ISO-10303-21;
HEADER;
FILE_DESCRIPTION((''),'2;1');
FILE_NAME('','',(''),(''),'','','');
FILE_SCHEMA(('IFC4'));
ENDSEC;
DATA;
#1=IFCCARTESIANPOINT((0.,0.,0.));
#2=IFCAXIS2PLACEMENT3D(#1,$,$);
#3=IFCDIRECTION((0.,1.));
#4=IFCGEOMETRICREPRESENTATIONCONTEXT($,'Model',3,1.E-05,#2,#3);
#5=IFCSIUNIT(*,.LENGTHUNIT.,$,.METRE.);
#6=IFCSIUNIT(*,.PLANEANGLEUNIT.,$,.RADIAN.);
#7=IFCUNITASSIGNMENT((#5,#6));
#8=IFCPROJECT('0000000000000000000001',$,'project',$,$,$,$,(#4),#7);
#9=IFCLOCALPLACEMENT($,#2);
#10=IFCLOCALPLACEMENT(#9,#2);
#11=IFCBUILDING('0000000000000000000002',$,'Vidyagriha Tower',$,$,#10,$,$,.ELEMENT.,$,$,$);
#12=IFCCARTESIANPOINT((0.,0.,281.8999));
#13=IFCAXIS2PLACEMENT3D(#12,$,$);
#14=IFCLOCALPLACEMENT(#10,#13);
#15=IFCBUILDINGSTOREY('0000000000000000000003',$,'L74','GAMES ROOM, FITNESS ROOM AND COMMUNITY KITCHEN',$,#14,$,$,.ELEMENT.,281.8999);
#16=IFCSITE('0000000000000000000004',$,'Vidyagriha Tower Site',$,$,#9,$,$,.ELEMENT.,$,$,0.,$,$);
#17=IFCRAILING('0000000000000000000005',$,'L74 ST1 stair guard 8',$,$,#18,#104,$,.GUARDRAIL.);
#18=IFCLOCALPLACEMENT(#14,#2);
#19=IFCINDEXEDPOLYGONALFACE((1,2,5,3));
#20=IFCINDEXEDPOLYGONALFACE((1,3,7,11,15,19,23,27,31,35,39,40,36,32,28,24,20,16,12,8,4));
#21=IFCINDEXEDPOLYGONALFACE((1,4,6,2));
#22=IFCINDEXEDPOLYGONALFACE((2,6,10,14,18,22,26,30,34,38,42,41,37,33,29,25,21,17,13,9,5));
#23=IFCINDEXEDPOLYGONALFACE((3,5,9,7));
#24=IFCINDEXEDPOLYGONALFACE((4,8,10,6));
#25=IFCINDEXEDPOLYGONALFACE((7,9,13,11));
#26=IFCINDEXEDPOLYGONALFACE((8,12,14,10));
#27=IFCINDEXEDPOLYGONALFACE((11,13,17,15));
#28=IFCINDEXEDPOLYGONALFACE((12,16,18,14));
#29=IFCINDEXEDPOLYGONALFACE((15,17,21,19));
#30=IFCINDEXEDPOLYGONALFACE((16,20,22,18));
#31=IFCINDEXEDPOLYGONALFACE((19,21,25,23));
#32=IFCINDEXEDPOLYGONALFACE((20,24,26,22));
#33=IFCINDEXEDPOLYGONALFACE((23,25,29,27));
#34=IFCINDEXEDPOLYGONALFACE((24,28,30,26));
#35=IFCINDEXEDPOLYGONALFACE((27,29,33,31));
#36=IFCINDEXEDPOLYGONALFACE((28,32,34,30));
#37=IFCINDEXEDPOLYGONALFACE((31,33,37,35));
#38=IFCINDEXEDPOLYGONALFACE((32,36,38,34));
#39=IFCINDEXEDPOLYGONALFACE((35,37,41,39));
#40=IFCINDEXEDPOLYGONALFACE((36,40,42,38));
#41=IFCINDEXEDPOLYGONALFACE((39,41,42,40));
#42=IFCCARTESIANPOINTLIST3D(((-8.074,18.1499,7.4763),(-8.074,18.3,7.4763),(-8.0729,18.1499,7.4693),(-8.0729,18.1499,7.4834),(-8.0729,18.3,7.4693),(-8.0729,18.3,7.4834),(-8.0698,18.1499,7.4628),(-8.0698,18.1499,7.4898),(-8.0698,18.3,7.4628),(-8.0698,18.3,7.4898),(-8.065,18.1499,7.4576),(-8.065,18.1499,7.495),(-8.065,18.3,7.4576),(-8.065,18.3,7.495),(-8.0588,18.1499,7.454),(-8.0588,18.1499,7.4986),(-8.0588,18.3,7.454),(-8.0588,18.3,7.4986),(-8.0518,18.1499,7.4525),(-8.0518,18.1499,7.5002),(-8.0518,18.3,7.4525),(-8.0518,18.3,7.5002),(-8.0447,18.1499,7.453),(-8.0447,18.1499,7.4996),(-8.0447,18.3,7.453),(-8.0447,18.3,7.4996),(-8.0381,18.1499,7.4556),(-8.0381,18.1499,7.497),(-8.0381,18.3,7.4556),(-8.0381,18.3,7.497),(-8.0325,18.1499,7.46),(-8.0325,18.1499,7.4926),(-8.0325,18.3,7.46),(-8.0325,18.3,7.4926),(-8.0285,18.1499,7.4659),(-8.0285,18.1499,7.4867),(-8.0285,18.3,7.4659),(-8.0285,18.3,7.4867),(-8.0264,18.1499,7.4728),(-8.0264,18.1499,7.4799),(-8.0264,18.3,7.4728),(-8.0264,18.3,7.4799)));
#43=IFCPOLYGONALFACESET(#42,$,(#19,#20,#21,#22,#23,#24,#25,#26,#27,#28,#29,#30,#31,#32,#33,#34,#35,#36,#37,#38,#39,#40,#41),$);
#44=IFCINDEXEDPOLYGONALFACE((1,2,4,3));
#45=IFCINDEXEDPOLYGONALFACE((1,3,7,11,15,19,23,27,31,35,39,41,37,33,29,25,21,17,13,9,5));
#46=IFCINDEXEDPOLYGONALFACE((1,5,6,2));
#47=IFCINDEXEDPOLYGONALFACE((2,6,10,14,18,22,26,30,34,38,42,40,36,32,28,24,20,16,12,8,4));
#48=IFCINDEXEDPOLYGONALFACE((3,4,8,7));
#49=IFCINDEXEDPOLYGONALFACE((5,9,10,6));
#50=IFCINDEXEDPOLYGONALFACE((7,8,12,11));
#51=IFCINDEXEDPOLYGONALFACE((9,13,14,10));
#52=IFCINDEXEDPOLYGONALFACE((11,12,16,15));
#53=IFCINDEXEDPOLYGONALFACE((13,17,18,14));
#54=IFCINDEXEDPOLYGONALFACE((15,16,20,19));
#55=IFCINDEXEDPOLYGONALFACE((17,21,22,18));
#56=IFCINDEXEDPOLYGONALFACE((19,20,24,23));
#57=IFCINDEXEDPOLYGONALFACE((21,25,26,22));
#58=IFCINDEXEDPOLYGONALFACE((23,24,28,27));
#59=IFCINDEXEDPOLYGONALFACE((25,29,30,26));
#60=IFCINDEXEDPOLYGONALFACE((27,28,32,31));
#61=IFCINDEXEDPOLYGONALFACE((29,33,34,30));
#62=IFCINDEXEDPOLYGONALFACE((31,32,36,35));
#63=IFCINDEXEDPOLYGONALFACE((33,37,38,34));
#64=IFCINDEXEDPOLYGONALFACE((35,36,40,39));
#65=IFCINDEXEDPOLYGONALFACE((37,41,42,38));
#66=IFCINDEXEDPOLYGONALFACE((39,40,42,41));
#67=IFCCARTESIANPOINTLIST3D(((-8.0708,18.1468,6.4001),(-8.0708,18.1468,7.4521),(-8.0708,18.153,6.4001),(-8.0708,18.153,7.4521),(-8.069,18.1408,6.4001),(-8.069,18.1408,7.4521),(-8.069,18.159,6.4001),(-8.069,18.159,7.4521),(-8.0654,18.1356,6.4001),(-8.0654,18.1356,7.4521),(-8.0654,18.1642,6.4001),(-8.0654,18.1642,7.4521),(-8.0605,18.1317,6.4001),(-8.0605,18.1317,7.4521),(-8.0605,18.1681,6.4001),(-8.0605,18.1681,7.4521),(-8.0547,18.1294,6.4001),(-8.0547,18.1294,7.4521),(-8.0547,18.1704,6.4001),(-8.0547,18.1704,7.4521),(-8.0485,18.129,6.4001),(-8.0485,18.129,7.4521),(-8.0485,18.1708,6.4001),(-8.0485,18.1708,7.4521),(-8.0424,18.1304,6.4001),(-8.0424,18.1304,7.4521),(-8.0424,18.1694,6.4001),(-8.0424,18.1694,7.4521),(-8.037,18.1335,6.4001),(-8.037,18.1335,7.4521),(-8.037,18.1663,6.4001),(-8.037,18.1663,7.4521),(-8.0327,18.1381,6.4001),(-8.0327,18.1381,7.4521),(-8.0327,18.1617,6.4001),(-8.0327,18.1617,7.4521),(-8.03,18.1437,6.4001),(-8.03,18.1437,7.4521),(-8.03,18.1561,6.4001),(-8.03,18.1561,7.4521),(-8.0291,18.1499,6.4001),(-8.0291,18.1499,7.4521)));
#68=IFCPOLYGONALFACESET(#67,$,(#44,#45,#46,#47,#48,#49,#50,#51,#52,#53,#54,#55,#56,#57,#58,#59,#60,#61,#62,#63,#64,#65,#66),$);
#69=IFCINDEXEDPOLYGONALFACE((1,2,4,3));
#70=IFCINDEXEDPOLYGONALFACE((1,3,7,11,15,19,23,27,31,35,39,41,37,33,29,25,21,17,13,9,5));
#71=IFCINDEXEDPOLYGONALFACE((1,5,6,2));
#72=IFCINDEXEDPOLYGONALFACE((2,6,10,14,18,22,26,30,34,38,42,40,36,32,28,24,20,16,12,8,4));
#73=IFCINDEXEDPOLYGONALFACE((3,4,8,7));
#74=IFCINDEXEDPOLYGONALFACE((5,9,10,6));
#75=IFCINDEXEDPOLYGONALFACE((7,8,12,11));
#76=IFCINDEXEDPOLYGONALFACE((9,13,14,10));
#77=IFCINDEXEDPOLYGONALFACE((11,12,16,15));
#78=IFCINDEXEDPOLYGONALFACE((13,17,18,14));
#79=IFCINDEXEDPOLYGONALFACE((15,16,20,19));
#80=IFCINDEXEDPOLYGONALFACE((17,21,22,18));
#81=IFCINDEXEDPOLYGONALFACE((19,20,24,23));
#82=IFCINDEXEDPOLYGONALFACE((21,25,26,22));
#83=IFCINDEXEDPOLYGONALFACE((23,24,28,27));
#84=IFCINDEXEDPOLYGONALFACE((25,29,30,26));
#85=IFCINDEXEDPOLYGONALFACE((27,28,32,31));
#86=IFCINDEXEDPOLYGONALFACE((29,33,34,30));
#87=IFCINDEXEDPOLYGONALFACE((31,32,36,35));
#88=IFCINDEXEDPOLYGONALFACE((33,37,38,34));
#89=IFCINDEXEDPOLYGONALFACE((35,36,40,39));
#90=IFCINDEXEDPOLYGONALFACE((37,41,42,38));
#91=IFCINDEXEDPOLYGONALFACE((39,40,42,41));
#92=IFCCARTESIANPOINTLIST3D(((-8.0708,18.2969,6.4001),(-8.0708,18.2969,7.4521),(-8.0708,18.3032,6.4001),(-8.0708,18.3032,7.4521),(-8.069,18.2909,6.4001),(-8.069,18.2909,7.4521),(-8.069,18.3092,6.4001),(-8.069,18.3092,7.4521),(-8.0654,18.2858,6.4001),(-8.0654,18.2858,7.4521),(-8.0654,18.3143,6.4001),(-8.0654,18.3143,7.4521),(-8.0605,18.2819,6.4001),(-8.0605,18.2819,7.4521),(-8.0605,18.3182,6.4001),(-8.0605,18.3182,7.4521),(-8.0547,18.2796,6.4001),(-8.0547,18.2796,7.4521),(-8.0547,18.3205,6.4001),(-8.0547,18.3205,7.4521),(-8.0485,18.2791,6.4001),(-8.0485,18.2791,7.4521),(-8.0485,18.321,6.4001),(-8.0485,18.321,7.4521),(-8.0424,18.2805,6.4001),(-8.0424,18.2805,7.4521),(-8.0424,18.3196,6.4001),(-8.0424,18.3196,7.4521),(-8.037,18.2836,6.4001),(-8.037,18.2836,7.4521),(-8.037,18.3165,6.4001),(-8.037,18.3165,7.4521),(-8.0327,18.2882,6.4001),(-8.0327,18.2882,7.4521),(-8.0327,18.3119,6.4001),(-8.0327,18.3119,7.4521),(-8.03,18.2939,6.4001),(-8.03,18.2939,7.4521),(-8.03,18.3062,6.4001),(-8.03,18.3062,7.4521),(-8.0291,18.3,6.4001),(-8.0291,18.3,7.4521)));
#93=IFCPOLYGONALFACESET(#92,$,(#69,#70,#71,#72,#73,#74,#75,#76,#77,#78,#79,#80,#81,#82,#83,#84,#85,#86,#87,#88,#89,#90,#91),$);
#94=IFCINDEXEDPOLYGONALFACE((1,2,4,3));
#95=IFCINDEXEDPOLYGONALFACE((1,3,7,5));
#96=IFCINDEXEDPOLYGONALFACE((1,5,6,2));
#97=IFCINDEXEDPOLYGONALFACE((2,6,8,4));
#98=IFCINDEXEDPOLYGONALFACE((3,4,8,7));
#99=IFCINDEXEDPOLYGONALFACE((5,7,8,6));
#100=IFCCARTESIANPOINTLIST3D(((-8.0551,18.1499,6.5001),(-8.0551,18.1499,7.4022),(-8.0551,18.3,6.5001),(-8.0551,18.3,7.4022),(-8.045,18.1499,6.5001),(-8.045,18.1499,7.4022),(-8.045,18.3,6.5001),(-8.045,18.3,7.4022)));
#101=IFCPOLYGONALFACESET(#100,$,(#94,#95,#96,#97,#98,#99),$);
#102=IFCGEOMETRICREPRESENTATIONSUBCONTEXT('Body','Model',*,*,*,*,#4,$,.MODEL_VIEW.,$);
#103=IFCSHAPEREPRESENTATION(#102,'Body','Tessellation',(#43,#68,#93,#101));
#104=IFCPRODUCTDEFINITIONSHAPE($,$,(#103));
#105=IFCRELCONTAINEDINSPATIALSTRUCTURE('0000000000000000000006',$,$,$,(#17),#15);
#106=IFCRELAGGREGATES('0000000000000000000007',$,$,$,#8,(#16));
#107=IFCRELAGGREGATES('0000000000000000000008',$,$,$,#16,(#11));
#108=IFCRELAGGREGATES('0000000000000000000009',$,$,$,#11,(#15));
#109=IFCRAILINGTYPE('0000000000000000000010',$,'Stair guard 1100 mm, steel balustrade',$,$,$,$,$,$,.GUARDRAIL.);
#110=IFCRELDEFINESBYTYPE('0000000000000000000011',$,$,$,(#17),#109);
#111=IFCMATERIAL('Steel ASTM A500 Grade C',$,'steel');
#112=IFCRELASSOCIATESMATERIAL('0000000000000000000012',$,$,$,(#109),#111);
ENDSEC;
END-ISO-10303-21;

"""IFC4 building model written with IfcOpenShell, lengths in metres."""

from ifc_helpers import new_model, si_unit, direction, frame, origin, origin_2d, place, context, subcontext, project, spatial, rectangle, circle, extrude, material, type_object, element, save


model = new_model("IFC4")

# Units and contexts
model_context = context("Model", 3, precision=1e-05, world=origin(), true_north=direction((0.0, 1.0)))
body_context = subcontext(model_context, "Body", "Model", "MODEL_VIEW")
ifc_project = project(units=[si_unit("LENGTHUNIT", "METRE"), si_unit("PLANEANGLEUNIT", "RADIAN")], contexts=[model_context])

# Site, building, storey
site_placement = place(None, origin())
site = spatial("IfcSite", under=ifc_project, at=site_placement, Name="Vidyagriha Tower Site", CompositionType="ELEMENT", RefElevation=0.0)
building_placement = place(site_placement, origin())
building = spatial("IfcBuilding", under=site, at=building_placement, Name="Vidyagriha Tower", CompositionType="ELEMENT")
storey_placement = place(building_placement, frame((0.0, 0.0, 281.8999)))
storey = spatial("IfcBuildingStorey", under=building, at=storey_placement, Name="L74", Description="GAMES ROOM, FITNESS ROOM AND COMMUNITY KITCHEN", CompositionType="ELEMENT", Elevation=281.8999)

# Railing
ifc_material_1 = material(Name="Steel ASTM A500 Grade C", Category="steel")
railing_type_1 = type_object("IfcRailingType", Name="Stair guard 1100 mm, steel balustrade", PredefinedType="GUARDRAIL", material=ifc_material_1)
railing_1_placement = place(storey_placement, frame((-8.05, 18.1499, 6.4001)))
element("IfcRailing", 1, at=railing_1_placement, inside=storey, type_object=railing_type_1, Name="L74 ST1 stair guard 8", PredefinedType="GUARDRAIL", context=body_context, shape_type="SweptSolid", body=[
    extrude(circle(Radius=0.0239, at=origin_2d()), frame((0.0, 0.0, 1.0762), z_axis=(0.0, 1.0, 0.0), x_axis=(-1.0, 0.0, 0.0)), (0.0, 0.0, 1.0), 0.1501),
    extrude(circle(Radius=0.021, at=origin_2d()), origin(), (0.0, 0.0, 1.0), 1.052),
    extrude(circle(Radius=0.021, at=origin_2d()), frame((0.0, 0.1501, 0.0)), (0.0, 0.0, 1.0), 1.052),
    extrude(rectangle(XDim=0.01, YDim=0.9021, at=origin_2d()), frame((0.0, 0.0, 0.551), z_axis=(0.0, 1.0, 0.0), x_axis=(-1.0, 0.0, 0.0)), (0.0, 0.0, 1.0), 0.1501),
])

save(model, "model.ifc")
